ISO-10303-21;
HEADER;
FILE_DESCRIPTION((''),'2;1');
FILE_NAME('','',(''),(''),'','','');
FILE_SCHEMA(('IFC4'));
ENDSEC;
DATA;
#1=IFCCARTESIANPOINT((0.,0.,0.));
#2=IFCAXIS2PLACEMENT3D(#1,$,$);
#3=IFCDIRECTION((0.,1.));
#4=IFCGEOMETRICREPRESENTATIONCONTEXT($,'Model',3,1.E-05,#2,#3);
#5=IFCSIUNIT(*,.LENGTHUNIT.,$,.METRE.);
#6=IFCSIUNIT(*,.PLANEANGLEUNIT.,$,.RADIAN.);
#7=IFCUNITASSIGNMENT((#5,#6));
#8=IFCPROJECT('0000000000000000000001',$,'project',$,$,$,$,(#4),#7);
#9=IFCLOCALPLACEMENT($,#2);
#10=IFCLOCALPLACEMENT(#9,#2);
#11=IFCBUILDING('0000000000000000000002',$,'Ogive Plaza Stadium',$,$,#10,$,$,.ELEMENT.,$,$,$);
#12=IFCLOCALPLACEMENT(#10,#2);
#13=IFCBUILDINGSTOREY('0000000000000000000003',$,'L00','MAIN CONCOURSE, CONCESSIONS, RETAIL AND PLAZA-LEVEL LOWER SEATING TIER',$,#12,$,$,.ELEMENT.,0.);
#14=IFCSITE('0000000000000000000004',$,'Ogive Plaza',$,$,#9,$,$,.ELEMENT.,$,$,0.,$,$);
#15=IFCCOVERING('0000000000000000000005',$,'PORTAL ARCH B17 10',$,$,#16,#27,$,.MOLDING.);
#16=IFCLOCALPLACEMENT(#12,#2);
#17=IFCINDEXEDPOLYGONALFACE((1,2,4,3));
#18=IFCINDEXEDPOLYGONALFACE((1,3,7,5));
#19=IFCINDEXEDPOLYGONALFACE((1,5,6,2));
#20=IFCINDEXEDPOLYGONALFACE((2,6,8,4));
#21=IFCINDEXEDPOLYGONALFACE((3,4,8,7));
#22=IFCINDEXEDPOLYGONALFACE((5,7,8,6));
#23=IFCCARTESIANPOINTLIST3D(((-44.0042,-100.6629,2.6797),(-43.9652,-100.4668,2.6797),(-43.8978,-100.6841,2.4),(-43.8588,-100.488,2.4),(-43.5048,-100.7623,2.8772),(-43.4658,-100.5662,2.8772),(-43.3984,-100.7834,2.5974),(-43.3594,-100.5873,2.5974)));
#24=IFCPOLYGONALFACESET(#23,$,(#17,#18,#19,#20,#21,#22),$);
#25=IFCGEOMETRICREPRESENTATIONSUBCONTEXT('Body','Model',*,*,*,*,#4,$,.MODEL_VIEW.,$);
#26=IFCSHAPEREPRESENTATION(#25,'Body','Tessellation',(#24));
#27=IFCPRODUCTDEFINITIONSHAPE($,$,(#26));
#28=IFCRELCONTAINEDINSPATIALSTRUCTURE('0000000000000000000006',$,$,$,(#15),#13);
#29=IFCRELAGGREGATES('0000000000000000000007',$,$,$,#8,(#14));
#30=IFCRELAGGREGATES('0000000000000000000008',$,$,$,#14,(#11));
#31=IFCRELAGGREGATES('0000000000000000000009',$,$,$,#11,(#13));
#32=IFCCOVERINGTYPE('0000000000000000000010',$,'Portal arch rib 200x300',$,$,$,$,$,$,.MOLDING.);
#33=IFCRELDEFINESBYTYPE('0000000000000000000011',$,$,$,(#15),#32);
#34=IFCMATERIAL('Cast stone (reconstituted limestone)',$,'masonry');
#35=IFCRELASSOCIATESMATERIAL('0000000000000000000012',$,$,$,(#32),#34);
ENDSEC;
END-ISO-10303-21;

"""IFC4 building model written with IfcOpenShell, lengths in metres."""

from ifc_helpers import new_model, si_unit, direction, frame, origin, origin_2d, place, context, subcontext, project, spatial, rectangle, extrude, material, material_profile, profile_set, type_object, element, save


model = new_model("IFC4")

# Units and contexts
model_context = context("Model", 3, precision=1e-05, world=origin(), true_north=direction((0.0, 1.0)))
body_context = subcontext(model_context, "Body", "Model", "MODEL_VIEW")
ifc_project = project(units=[si_unit("LENGTHUNIT", "METRE"), si_unit("PLANEANGLEUNIT", "RADIAN")], contexts=[model_context])

# Site, building, storey
site_placement = place(None, origin())
site = spatial("IfcSite", under=ifc_project, at=site_placement, Name="Ogive Plaza", CompositionType="ELEMENT", RefElevation=0.0)
building_placement = place(site_placement, origin())
building = spatial("IfcBuilding", under=site, at=building_placement, Name="Ogive Plaza Stadium", CompositionType="ELEMENT")
storey_placement = place(building_placement, origin())
storey = spatial("IfcBuildingStorey", under=building, at=storey_placement, Name="L00", Description="MAIN CONCOURSE, CONCESSIONS, RETAIL AND PLAZA-LEVEL LOWER SEATING TIER", CompositionType="ELEMENT", Elevation=0.0)

# Covering
ifc_material_1 = material(Name="Cast stone (reconstituted limestone)", Category="masonry")
ifc_material_profile_1 = material_profile(ifc_material_1, rectangle(XDim=0.2, YDim=0.3, at=origin_2d()), Name="Cast stone 200x300")
ifc_profile_set_1 = profile_set([ifc_material_profile_1], Name="Cast stone (reconstituted limestone)")
covering_type = type_object("IfcCoveringType", Name="Portal arch rib 200x300", PredefinedType="MOLDING", material=ifc_profile_set_1)
covering_1_placement = place(storey_placement, frame((-43.4321, -100.6748, 2.7373), z_axis=(-0.914428, 0.181902, -0.36157), x_axis=(-0.195102, -0.980783, 0.0)))
element("IfcCovering", 1, at=covering_1_placement, inside=storey, type_object=covering_type, Name="PORTAL ARCH B17 10", PredefinedType="MOLDING", context=body_context, shape_type="SweptSolid", body=[
    extrude(rectangle(XDim=0.2, YDim=0.3, at=origin_2d()), origin(), (0.0, 0.0, 1.0), 0.5461),
])

save(model, "model.ifc")
